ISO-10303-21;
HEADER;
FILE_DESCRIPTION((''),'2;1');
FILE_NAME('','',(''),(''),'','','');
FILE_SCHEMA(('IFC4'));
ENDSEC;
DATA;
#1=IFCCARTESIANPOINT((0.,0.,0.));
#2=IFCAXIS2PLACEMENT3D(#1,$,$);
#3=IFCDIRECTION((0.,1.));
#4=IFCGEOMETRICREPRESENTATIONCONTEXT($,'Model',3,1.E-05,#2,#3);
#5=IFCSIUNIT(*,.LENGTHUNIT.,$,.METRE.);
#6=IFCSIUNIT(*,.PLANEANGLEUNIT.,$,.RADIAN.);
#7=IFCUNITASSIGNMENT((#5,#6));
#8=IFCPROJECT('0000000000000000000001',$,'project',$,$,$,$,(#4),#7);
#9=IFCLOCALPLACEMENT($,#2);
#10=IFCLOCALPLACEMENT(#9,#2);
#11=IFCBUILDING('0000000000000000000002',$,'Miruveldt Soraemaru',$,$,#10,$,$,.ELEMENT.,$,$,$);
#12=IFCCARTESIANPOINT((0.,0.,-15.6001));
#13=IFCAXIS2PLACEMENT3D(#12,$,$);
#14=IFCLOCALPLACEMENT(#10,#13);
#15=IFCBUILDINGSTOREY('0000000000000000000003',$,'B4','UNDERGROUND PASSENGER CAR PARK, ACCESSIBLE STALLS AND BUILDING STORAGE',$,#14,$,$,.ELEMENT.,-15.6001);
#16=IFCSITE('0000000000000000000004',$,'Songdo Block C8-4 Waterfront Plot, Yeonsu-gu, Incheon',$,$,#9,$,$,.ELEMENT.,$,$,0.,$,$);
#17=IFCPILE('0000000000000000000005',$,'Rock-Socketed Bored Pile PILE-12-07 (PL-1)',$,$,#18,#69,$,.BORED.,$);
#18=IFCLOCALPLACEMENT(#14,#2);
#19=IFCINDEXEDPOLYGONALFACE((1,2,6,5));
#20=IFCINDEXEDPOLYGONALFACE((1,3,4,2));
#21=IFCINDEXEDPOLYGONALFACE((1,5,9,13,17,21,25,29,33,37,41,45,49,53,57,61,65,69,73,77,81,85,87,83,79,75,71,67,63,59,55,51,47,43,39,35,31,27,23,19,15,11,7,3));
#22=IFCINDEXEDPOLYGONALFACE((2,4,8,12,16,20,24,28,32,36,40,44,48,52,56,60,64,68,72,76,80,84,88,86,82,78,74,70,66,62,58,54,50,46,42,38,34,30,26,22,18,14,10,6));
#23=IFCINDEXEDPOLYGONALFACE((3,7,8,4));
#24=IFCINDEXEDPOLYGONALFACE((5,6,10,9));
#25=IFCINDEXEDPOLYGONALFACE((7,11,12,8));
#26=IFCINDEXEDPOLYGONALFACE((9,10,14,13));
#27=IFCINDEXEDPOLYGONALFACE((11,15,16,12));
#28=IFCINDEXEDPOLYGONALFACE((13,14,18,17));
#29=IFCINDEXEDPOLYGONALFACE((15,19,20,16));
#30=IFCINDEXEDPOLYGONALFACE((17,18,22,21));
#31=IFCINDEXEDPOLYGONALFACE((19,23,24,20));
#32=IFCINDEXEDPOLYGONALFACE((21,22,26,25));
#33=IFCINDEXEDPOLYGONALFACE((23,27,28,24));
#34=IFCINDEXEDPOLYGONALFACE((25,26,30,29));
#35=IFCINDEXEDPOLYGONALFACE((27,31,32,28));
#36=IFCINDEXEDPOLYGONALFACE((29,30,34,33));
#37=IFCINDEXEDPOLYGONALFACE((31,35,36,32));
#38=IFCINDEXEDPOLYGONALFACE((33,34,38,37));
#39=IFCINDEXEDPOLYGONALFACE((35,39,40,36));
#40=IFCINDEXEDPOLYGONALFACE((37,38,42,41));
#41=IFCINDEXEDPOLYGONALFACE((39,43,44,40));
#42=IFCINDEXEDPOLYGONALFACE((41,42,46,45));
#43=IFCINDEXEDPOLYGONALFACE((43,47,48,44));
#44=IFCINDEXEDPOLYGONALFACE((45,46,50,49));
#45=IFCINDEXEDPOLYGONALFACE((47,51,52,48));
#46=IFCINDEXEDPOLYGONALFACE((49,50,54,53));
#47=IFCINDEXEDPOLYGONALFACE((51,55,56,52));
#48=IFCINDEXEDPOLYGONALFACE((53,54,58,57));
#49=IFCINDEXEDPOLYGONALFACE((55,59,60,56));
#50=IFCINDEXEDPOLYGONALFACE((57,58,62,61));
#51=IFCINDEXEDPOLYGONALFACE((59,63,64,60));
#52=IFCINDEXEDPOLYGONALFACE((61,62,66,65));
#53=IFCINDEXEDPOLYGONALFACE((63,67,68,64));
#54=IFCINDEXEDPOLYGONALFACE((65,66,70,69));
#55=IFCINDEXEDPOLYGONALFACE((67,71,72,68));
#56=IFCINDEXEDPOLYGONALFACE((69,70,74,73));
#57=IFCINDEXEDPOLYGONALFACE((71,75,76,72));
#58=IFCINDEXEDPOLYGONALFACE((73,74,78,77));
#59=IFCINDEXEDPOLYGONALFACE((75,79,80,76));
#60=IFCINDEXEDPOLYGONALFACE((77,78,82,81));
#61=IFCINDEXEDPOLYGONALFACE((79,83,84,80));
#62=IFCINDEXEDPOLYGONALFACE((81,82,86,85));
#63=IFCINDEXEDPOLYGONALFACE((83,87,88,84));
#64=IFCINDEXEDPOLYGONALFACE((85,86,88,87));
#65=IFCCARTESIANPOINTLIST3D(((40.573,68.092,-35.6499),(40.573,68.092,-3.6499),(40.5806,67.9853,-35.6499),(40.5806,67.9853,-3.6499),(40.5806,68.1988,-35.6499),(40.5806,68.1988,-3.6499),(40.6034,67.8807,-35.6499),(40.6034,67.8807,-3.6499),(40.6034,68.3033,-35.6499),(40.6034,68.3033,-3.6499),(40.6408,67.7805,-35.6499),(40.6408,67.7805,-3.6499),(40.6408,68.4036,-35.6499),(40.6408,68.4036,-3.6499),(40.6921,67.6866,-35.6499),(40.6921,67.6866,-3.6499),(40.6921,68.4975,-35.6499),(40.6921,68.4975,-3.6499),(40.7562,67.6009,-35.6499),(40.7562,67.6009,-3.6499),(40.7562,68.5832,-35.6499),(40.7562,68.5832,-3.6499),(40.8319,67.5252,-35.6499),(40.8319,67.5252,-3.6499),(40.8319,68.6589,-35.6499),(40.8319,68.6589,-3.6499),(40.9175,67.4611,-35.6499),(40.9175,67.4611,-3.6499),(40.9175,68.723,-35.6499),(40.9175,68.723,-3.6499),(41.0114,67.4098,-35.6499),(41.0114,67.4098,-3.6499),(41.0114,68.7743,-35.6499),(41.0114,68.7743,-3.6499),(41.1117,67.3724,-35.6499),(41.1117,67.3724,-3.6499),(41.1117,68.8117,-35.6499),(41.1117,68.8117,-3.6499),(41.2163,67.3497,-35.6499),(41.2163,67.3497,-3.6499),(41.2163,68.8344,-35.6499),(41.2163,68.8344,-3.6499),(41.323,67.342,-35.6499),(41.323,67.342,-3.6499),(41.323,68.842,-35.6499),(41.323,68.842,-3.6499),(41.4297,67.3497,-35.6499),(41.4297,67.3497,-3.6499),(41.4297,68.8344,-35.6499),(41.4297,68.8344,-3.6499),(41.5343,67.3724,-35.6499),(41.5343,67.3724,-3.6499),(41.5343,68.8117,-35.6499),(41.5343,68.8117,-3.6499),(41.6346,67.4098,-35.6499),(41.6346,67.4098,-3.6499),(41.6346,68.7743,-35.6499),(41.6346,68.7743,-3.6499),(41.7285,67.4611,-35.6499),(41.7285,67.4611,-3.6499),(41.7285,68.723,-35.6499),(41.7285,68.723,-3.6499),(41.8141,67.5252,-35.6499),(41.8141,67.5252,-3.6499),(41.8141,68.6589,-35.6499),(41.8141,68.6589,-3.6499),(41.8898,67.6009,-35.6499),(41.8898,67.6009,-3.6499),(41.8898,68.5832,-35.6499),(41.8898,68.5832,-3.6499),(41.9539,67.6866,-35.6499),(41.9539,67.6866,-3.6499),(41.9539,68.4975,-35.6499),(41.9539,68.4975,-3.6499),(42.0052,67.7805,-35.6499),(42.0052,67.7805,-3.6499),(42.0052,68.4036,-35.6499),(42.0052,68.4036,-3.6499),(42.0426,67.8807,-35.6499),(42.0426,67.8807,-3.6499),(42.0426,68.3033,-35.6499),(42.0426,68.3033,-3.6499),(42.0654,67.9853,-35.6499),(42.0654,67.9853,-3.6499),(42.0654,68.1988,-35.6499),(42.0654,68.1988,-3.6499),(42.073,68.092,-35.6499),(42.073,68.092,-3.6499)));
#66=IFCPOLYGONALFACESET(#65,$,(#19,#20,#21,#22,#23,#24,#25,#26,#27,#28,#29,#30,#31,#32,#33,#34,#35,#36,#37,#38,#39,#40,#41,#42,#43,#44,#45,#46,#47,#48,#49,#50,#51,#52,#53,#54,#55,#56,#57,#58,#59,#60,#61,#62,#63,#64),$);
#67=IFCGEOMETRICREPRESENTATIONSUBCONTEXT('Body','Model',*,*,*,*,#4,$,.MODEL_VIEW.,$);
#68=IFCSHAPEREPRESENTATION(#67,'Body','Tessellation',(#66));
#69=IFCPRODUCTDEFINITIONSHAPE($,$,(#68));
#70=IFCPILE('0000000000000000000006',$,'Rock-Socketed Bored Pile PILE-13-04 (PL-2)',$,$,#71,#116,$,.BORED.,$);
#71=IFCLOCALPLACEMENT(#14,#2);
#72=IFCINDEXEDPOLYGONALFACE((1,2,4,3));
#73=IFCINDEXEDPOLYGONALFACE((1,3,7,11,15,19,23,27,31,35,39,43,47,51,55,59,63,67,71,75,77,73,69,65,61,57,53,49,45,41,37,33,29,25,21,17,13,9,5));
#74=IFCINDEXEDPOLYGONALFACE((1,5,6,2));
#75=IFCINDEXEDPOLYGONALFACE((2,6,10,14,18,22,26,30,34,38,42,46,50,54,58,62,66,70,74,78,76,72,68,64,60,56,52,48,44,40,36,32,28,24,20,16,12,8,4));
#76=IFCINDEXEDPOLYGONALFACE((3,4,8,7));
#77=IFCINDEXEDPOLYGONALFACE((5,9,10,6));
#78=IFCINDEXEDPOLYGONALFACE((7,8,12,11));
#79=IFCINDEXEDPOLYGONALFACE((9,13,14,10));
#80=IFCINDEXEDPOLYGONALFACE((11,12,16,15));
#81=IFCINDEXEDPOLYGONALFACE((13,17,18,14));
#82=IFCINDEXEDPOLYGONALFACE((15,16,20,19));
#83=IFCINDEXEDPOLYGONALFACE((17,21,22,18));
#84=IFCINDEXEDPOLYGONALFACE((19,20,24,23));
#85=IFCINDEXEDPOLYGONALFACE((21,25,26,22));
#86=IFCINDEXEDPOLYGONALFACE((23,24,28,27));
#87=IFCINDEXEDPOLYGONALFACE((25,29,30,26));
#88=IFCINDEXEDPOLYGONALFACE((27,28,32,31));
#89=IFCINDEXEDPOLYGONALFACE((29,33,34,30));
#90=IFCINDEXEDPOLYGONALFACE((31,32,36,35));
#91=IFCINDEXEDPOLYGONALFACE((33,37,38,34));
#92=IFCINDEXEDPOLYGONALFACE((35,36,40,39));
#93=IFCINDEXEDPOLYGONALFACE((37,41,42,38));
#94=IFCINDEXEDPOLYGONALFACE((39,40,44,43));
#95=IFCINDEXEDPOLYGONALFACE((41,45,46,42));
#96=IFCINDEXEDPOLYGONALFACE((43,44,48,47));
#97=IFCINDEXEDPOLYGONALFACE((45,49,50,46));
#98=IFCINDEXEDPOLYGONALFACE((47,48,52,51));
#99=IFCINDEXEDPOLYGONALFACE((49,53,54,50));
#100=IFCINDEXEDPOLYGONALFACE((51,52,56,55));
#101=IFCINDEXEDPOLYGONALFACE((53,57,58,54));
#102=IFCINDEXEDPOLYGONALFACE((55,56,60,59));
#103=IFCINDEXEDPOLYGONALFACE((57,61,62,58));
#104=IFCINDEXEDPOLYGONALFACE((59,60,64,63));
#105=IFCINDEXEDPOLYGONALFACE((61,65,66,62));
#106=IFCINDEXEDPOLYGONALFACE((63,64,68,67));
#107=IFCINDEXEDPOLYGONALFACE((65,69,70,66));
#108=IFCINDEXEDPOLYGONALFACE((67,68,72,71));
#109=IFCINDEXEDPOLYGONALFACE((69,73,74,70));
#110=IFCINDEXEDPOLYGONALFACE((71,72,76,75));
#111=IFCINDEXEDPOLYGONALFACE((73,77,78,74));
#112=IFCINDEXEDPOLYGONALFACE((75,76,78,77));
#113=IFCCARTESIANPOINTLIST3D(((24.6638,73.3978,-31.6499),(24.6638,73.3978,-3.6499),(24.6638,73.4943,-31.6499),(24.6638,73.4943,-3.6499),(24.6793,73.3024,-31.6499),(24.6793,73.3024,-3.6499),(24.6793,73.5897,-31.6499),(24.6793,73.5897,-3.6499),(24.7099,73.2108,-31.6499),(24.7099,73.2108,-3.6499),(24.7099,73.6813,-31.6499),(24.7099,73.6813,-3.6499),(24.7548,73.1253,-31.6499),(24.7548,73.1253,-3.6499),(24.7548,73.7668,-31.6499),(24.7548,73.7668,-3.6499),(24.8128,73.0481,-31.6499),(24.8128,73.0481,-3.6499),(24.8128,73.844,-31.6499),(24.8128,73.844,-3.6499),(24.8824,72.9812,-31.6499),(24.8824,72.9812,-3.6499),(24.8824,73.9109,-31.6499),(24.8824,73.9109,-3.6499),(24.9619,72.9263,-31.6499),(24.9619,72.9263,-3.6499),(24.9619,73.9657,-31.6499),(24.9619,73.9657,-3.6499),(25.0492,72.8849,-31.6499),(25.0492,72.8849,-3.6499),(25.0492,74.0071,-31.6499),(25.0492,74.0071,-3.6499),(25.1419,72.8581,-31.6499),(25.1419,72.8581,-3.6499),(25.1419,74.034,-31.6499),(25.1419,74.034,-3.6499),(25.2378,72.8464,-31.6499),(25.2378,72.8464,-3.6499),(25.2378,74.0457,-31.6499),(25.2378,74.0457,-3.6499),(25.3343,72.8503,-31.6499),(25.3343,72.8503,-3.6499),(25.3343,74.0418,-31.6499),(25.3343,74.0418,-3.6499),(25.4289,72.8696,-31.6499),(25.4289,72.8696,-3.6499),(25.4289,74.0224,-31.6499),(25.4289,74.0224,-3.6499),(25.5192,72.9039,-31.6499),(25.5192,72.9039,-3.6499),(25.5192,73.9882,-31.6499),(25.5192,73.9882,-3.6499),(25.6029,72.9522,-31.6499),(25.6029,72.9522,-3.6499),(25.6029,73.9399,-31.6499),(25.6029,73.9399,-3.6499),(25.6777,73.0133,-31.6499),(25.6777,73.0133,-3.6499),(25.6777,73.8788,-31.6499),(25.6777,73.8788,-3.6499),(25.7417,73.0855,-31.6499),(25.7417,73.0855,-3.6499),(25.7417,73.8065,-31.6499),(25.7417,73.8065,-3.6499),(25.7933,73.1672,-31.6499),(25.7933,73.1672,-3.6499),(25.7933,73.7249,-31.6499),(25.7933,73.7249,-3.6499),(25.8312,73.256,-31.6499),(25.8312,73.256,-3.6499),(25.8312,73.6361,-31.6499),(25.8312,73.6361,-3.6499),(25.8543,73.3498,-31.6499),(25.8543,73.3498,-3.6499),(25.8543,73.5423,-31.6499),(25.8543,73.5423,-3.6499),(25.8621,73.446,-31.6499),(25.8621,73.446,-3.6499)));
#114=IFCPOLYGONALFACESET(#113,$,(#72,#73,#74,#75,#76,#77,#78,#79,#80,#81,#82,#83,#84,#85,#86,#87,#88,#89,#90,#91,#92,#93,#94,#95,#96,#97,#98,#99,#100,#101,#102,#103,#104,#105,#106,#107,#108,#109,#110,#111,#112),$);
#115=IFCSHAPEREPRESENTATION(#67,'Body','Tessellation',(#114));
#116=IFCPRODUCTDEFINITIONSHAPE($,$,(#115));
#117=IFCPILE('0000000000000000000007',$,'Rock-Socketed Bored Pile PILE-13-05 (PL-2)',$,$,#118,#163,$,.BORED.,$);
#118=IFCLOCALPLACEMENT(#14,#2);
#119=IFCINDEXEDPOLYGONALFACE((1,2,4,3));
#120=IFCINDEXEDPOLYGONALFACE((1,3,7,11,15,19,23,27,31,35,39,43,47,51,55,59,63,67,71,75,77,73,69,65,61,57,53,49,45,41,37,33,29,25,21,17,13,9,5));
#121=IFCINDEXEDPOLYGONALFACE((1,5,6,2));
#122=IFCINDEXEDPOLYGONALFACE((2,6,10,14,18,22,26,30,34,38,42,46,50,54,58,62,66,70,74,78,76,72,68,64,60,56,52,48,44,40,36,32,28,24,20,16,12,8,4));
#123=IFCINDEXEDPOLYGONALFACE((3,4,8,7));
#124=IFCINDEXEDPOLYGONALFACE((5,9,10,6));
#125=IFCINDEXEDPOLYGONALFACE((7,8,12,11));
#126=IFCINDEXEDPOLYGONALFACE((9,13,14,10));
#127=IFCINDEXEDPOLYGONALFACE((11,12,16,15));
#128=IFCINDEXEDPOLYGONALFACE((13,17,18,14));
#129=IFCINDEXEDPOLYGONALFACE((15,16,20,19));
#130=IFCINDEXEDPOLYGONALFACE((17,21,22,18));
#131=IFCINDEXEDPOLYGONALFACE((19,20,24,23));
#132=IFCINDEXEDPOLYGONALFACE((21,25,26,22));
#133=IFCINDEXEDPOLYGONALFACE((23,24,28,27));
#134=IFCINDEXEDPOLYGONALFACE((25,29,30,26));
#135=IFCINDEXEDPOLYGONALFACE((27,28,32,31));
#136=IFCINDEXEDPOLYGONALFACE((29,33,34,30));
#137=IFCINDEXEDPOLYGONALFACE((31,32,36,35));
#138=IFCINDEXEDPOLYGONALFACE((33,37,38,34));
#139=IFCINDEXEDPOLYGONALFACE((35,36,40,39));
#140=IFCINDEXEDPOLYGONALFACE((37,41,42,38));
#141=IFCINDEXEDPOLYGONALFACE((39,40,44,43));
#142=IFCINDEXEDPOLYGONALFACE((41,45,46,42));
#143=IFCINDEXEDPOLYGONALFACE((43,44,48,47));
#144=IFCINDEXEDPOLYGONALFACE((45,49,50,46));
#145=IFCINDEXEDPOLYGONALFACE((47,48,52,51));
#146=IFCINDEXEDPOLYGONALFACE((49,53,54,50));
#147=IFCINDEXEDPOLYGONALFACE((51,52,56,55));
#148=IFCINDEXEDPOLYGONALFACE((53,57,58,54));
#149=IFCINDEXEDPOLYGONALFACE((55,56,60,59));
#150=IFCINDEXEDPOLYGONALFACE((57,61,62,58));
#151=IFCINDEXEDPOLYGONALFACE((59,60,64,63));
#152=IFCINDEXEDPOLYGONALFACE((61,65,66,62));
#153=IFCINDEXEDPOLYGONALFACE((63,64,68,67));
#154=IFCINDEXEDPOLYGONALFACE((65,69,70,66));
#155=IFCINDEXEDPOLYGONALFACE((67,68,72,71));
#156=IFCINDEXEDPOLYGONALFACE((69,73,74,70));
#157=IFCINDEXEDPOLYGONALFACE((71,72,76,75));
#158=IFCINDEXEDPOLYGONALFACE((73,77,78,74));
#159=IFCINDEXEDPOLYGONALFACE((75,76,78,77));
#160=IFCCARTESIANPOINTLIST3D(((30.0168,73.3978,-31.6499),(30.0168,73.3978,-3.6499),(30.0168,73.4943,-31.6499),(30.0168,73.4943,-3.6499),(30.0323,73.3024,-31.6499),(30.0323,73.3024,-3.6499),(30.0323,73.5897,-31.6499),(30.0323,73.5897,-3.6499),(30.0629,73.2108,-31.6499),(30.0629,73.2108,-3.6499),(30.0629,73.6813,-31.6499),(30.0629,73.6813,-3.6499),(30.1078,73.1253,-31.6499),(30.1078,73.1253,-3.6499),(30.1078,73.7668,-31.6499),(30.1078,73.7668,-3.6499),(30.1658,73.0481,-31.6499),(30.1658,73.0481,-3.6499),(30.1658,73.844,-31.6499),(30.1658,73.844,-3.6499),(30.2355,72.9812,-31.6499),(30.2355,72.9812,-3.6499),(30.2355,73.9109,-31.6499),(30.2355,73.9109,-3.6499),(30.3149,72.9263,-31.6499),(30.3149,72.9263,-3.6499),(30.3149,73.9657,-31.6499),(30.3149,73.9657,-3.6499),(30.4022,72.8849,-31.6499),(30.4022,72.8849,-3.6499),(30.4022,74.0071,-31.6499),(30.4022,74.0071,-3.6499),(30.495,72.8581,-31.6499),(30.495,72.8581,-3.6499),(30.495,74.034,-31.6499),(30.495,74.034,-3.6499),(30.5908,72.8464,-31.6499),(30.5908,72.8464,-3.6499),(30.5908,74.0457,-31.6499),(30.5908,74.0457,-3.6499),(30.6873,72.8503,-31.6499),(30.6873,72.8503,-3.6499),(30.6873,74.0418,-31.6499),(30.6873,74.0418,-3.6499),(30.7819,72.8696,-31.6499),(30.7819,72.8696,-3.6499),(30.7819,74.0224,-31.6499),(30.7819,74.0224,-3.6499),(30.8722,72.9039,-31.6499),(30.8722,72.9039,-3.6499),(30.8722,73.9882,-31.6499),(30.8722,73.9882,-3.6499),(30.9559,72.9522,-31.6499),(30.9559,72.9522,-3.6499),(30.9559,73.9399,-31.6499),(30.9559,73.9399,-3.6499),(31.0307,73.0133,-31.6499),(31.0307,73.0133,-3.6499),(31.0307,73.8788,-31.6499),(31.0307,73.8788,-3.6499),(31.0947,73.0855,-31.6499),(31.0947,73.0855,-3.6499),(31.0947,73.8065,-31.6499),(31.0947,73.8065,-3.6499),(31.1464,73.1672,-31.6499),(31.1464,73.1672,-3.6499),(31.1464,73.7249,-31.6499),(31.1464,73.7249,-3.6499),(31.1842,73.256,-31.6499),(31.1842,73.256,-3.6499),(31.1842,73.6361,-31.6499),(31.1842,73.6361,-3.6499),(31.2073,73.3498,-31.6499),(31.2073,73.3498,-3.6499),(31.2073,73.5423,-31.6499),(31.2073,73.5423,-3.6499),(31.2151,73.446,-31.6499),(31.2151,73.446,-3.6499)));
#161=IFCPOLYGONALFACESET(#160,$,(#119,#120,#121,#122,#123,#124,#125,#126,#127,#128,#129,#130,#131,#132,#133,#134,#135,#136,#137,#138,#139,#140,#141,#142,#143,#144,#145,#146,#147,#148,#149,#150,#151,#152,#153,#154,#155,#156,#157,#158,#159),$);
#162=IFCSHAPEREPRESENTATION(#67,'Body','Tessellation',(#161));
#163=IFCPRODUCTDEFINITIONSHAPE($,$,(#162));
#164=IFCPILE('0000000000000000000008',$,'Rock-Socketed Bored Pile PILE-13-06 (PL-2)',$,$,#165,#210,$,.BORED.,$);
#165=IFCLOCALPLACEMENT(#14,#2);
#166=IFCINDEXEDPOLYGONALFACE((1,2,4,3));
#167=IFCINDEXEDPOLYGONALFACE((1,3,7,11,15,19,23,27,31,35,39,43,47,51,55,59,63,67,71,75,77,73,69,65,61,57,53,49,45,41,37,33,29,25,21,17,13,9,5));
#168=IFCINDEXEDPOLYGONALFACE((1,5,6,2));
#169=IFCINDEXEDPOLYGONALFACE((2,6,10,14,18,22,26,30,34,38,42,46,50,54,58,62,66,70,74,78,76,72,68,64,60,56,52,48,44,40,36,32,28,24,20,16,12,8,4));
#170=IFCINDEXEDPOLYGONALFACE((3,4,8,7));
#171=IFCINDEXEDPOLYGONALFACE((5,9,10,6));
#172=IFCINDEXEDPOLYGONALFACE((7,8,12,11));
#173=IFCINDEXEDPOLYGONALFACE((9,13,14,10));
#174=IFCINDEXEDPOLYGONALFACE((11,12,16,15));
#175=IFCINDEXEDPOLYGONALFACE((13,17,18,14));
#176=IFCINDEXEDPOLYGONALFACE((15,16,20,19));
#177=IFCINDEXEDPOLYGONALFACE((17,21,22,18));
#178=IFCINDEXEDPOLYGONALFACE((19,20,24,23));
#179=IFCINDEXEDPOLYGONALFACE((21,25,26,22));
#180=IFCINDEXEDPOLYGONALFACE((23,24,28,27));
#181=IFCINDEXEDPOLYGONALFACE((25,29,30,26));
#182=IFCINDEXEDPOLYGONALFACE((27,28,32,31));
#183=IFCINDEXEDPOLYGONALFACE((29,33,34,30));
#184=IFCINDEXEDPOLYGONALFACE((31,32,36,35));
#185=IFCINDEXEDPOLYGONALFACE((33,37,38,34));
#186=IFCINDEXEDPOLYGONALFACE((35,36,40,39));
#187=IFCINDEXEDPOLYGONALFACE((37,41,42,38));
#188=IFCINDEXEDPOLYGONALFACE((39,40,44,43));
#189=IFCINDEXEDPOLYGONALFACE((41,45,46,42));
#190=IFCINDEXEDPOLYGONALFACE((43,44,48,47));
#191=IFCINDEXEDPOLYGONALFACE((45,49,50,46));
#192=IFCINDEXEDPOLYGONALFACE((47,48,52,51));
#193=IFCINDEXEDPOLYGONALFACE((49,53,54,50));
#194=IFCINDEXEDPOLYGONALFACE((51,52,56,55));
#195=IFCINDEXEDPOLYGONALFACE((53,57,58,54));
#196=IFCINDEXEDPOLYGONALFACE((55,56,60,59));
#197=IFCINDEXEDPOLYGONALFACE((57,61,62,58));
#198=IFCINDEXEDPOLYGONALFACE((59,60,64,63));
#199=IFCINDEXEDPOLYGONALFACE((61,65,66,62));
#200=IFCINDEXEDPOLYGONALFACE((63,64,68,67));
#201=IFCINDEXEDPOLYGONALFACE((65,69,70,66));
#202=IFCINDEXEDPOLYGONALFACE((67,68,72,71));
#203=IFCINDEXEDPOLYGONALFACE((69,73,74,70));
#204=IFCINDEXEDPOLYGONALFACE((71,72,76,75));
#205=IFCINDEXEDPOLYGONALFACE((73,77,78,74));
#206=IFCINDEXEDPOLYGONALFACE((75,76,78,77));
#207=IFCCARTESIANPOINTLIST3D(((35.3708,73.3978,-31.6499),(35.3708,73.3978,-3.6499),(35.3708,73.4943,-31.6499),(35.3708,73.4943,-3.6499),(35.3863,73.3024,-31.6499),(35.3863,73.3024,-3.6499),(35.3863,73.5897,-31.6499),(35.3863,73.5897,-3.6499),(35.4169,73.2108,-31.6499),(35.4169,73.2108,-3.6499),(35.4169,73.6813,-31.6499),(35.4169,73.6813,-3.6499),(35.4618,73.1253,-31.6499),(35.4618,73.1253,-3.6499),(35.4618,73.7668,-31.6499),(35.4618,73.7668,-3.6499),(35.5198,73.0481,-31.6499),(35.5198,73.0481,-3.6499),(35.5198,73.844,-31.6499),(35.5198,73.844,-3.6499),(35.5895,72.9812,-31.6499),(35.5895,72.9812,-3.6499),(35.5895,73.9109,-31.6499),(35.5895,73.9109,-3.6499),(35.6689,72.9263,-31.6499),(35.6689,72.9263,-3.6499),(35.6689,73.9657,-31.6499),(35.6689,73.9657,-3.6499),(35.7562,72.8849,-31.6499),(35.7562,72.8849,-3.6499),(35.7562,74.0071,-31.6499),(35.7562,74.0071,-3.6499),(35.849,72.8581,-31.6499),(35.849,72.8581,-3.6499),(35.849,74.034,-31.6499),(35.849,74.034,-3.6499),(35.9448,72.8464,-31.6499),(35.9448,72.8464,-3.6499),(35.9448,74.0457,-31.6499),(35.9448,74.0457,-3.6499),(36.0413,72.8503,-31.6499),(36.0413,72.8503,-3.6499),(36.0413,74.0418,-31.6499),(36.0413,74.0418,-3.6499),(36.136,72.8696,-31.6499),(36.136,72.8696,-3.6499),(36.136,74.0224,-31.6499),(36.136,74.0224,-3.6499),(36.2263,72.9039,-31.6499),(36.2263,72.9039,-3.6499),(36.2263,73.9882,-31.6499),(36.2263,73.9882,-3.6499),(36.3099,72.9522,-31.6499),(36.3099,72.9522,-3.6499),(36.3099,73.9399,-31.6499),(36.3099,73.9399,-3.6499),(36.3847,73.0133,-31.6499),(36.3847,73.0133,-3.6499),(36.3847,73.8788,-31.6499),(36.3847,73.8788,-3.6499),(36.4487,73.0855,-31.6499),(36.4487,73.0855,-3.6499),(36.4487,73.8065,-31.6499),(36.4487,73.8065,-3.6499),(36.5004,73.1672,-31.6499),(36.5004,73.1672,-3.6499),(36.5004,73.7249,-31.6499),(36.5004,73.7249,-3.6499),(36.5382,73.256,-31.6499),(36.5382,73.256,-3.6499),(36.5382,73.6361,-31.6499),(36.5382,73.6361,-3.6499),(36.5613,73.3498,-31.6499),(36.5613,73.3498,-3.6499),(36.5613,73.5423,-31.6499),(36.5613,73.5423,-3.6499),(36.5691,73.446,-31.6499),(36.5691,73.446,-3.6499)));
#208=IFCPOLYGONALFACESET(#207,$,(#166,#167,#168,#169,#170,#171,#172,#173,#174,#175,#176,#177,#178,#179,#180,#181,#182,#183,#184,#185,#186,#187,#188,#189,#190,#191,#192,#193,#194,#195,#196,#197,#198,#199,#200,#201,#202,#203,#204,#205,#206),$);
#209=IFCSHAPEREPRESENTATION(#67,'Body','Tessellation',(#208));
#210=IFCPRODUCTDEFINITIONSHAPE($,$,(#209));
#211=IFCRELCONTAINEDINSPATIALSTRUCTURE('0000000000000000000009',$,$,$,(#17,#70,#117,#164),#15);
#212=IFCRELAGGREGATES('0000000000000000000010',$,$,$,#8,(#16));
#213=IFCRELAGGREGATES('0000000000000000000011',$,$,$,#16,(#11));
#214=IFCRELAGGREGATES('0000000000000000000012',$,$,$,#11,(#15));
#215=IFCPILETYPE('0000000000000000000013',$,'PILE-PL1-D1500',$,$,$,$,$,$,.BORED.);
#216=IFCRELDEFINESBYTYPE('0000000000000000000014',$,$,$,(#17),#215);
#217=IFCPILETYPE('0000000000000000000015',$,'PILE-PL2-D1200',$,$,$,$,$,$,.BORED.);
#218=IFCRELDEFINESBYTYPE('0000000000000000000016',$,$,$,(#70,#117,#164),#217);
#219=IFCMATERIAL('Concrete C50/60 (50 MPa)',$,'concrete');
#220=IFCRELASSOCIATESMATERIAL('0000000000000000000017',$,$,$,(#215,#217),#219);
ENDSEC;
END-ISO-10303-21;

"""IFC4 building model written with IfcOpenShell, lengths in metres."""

from ifc_helpers import new_model, si_unit, direction, frame, origin, origin_2d, place, context, subcontext, project, spatial, circle, extrude, material, material_profile, profile_set, type_object, element, save


model = new_model("IFC4")

# Units and contexts
model_context = context("Model", 3, precision=1e-05, world=origin(), true_north=direction((0.0, 1.0)))
body_context = subcontext(model_context, "Body", "Model", "MODEL_VIEW")
ifc_project = project(units=[si_unit("LENGTHUNIT", "METRE"), si_unit("PLANEANGLEUNIT", "RADIAN")], contexts=[model_context])

# Site, building, storey
site_placement = place(None, origin())
site = spatial("IfcSite", under=ifc_project, at=site_placement, Name="Songdo Block C8-4 Waterfront Plot, Yeonsu-gu, Incheon", CompositionType="ELEMENT", RefElevation=0.0)
building_placement = place(site_placement, origin())
building = spatial("IfcBuilding", under=site, at=building_placement, Name="Miruveldt Soraemaru", CompositionType="ELEMENT")
storey_placement = place(building_placement, frame((0.0, 0.0, -15.6001)))
storey = spatial("IfcBuildingStorey", under=building, at=storey_placement, Name="B4", Description="UNDERGROUND PASSENGER CAR PARK, ACCESSIBLE STALLS AND BUILDING STORAGE", CompositionType="ELEMENT", Elevation=-15.6001)

# Piles
ifc_material_1 = material(Name="Concrete C50/60 (50 MPa)", Category="concrete")
ifc_material_profile_1 = material_profile(ifc_material_1, circle(Radius=0.75, at=origin_2d()), Name="Concrete C50/60 (50 MPa)", Category="concrete")
ifc_profile_set_1 = profile_set([ifc_material_profile_1], Name="Concrete C50/60 (50 MPa)")
pile_type_1 = type_object("IfcPileType", Name="PILE-PL1-D1500", PredefinedType="BORED", material=ifc_profile_set_1)
for number, where, z_axis, x_axis, name in (
    (1, (41.323, 68.092, -3.6499), (0.0, 0.0, -1.0), (1.0, 0.0, 0.0), "Rock-Socketed Bored Pile PILE-12-07 (PL-1)"),
):
    element("IfcPile", number, at=place(storey_placement, frame(where, z_axis=z_axis, x_axis=x_axis)), inside=storey, type_object=pile_type_1, Name=name, PredefinedType="BORED", context=body_context, shape_type="SweptSolid", body=[
        extrude(circle(Radius=0.75, at=origin_2d()), origin(), (0.0, 0.0, 1.0), 32.0),
    ])
ifc_material_profile_2 = material_profile(ifc_material_1, circle(Radius=0.6001, at=origin_2d()), Name="Concrete C50/60 (50 MPa)", Category="concrete")
ifc_profile_set_2 = profile_set([ifc_material_profile_2], Name="Concrete C50/60 (50 MPa)")
pile_type_2 = type_object("IfcPileType", Name="PILE-PL2-D1200", PredefinedType="BORED", material=ifc_profile_set_2)
for number, where, z_axis, x_axis, name in (
    (2, (25.262, 73.446, -3.6499), (0.0, 0.0, -1.0), (1.0, 0.0, 0.0), "Rock-Socketed Bored Pile PILE-13-04 (PL-2)"),
    (3, (30.615, 73.446, -3.6499), (0.0, 0.0, -1.0), (1.0, 0.0, 0.0), "Rock-Socketed Bored Pile PILE-13-05 (PL-2)"),
    (4, (35.969, 73.446, -3.6499), (0.0, 0.0, -1.0), (1.0, 0.0, 0.0), "Rock-Socketed Bored Pile PILE-13-06 (PL-2)"),
):
    element("IfcPile", number, at=place(storey_placement, frame(where, z_axis=z_axis, x_axis=x_axis)), inside=storey, type_object=pile_type_2, Name=name, PredefinedType="BORED", context=body_context, shape_type="SweptSolid", body=[
        extrude(circle(Radius=0.6001, at=origin_2d()), origin(), (0.0, 0.0, 1.0), 28.0),
    ])

save(model, "model.ifc")
